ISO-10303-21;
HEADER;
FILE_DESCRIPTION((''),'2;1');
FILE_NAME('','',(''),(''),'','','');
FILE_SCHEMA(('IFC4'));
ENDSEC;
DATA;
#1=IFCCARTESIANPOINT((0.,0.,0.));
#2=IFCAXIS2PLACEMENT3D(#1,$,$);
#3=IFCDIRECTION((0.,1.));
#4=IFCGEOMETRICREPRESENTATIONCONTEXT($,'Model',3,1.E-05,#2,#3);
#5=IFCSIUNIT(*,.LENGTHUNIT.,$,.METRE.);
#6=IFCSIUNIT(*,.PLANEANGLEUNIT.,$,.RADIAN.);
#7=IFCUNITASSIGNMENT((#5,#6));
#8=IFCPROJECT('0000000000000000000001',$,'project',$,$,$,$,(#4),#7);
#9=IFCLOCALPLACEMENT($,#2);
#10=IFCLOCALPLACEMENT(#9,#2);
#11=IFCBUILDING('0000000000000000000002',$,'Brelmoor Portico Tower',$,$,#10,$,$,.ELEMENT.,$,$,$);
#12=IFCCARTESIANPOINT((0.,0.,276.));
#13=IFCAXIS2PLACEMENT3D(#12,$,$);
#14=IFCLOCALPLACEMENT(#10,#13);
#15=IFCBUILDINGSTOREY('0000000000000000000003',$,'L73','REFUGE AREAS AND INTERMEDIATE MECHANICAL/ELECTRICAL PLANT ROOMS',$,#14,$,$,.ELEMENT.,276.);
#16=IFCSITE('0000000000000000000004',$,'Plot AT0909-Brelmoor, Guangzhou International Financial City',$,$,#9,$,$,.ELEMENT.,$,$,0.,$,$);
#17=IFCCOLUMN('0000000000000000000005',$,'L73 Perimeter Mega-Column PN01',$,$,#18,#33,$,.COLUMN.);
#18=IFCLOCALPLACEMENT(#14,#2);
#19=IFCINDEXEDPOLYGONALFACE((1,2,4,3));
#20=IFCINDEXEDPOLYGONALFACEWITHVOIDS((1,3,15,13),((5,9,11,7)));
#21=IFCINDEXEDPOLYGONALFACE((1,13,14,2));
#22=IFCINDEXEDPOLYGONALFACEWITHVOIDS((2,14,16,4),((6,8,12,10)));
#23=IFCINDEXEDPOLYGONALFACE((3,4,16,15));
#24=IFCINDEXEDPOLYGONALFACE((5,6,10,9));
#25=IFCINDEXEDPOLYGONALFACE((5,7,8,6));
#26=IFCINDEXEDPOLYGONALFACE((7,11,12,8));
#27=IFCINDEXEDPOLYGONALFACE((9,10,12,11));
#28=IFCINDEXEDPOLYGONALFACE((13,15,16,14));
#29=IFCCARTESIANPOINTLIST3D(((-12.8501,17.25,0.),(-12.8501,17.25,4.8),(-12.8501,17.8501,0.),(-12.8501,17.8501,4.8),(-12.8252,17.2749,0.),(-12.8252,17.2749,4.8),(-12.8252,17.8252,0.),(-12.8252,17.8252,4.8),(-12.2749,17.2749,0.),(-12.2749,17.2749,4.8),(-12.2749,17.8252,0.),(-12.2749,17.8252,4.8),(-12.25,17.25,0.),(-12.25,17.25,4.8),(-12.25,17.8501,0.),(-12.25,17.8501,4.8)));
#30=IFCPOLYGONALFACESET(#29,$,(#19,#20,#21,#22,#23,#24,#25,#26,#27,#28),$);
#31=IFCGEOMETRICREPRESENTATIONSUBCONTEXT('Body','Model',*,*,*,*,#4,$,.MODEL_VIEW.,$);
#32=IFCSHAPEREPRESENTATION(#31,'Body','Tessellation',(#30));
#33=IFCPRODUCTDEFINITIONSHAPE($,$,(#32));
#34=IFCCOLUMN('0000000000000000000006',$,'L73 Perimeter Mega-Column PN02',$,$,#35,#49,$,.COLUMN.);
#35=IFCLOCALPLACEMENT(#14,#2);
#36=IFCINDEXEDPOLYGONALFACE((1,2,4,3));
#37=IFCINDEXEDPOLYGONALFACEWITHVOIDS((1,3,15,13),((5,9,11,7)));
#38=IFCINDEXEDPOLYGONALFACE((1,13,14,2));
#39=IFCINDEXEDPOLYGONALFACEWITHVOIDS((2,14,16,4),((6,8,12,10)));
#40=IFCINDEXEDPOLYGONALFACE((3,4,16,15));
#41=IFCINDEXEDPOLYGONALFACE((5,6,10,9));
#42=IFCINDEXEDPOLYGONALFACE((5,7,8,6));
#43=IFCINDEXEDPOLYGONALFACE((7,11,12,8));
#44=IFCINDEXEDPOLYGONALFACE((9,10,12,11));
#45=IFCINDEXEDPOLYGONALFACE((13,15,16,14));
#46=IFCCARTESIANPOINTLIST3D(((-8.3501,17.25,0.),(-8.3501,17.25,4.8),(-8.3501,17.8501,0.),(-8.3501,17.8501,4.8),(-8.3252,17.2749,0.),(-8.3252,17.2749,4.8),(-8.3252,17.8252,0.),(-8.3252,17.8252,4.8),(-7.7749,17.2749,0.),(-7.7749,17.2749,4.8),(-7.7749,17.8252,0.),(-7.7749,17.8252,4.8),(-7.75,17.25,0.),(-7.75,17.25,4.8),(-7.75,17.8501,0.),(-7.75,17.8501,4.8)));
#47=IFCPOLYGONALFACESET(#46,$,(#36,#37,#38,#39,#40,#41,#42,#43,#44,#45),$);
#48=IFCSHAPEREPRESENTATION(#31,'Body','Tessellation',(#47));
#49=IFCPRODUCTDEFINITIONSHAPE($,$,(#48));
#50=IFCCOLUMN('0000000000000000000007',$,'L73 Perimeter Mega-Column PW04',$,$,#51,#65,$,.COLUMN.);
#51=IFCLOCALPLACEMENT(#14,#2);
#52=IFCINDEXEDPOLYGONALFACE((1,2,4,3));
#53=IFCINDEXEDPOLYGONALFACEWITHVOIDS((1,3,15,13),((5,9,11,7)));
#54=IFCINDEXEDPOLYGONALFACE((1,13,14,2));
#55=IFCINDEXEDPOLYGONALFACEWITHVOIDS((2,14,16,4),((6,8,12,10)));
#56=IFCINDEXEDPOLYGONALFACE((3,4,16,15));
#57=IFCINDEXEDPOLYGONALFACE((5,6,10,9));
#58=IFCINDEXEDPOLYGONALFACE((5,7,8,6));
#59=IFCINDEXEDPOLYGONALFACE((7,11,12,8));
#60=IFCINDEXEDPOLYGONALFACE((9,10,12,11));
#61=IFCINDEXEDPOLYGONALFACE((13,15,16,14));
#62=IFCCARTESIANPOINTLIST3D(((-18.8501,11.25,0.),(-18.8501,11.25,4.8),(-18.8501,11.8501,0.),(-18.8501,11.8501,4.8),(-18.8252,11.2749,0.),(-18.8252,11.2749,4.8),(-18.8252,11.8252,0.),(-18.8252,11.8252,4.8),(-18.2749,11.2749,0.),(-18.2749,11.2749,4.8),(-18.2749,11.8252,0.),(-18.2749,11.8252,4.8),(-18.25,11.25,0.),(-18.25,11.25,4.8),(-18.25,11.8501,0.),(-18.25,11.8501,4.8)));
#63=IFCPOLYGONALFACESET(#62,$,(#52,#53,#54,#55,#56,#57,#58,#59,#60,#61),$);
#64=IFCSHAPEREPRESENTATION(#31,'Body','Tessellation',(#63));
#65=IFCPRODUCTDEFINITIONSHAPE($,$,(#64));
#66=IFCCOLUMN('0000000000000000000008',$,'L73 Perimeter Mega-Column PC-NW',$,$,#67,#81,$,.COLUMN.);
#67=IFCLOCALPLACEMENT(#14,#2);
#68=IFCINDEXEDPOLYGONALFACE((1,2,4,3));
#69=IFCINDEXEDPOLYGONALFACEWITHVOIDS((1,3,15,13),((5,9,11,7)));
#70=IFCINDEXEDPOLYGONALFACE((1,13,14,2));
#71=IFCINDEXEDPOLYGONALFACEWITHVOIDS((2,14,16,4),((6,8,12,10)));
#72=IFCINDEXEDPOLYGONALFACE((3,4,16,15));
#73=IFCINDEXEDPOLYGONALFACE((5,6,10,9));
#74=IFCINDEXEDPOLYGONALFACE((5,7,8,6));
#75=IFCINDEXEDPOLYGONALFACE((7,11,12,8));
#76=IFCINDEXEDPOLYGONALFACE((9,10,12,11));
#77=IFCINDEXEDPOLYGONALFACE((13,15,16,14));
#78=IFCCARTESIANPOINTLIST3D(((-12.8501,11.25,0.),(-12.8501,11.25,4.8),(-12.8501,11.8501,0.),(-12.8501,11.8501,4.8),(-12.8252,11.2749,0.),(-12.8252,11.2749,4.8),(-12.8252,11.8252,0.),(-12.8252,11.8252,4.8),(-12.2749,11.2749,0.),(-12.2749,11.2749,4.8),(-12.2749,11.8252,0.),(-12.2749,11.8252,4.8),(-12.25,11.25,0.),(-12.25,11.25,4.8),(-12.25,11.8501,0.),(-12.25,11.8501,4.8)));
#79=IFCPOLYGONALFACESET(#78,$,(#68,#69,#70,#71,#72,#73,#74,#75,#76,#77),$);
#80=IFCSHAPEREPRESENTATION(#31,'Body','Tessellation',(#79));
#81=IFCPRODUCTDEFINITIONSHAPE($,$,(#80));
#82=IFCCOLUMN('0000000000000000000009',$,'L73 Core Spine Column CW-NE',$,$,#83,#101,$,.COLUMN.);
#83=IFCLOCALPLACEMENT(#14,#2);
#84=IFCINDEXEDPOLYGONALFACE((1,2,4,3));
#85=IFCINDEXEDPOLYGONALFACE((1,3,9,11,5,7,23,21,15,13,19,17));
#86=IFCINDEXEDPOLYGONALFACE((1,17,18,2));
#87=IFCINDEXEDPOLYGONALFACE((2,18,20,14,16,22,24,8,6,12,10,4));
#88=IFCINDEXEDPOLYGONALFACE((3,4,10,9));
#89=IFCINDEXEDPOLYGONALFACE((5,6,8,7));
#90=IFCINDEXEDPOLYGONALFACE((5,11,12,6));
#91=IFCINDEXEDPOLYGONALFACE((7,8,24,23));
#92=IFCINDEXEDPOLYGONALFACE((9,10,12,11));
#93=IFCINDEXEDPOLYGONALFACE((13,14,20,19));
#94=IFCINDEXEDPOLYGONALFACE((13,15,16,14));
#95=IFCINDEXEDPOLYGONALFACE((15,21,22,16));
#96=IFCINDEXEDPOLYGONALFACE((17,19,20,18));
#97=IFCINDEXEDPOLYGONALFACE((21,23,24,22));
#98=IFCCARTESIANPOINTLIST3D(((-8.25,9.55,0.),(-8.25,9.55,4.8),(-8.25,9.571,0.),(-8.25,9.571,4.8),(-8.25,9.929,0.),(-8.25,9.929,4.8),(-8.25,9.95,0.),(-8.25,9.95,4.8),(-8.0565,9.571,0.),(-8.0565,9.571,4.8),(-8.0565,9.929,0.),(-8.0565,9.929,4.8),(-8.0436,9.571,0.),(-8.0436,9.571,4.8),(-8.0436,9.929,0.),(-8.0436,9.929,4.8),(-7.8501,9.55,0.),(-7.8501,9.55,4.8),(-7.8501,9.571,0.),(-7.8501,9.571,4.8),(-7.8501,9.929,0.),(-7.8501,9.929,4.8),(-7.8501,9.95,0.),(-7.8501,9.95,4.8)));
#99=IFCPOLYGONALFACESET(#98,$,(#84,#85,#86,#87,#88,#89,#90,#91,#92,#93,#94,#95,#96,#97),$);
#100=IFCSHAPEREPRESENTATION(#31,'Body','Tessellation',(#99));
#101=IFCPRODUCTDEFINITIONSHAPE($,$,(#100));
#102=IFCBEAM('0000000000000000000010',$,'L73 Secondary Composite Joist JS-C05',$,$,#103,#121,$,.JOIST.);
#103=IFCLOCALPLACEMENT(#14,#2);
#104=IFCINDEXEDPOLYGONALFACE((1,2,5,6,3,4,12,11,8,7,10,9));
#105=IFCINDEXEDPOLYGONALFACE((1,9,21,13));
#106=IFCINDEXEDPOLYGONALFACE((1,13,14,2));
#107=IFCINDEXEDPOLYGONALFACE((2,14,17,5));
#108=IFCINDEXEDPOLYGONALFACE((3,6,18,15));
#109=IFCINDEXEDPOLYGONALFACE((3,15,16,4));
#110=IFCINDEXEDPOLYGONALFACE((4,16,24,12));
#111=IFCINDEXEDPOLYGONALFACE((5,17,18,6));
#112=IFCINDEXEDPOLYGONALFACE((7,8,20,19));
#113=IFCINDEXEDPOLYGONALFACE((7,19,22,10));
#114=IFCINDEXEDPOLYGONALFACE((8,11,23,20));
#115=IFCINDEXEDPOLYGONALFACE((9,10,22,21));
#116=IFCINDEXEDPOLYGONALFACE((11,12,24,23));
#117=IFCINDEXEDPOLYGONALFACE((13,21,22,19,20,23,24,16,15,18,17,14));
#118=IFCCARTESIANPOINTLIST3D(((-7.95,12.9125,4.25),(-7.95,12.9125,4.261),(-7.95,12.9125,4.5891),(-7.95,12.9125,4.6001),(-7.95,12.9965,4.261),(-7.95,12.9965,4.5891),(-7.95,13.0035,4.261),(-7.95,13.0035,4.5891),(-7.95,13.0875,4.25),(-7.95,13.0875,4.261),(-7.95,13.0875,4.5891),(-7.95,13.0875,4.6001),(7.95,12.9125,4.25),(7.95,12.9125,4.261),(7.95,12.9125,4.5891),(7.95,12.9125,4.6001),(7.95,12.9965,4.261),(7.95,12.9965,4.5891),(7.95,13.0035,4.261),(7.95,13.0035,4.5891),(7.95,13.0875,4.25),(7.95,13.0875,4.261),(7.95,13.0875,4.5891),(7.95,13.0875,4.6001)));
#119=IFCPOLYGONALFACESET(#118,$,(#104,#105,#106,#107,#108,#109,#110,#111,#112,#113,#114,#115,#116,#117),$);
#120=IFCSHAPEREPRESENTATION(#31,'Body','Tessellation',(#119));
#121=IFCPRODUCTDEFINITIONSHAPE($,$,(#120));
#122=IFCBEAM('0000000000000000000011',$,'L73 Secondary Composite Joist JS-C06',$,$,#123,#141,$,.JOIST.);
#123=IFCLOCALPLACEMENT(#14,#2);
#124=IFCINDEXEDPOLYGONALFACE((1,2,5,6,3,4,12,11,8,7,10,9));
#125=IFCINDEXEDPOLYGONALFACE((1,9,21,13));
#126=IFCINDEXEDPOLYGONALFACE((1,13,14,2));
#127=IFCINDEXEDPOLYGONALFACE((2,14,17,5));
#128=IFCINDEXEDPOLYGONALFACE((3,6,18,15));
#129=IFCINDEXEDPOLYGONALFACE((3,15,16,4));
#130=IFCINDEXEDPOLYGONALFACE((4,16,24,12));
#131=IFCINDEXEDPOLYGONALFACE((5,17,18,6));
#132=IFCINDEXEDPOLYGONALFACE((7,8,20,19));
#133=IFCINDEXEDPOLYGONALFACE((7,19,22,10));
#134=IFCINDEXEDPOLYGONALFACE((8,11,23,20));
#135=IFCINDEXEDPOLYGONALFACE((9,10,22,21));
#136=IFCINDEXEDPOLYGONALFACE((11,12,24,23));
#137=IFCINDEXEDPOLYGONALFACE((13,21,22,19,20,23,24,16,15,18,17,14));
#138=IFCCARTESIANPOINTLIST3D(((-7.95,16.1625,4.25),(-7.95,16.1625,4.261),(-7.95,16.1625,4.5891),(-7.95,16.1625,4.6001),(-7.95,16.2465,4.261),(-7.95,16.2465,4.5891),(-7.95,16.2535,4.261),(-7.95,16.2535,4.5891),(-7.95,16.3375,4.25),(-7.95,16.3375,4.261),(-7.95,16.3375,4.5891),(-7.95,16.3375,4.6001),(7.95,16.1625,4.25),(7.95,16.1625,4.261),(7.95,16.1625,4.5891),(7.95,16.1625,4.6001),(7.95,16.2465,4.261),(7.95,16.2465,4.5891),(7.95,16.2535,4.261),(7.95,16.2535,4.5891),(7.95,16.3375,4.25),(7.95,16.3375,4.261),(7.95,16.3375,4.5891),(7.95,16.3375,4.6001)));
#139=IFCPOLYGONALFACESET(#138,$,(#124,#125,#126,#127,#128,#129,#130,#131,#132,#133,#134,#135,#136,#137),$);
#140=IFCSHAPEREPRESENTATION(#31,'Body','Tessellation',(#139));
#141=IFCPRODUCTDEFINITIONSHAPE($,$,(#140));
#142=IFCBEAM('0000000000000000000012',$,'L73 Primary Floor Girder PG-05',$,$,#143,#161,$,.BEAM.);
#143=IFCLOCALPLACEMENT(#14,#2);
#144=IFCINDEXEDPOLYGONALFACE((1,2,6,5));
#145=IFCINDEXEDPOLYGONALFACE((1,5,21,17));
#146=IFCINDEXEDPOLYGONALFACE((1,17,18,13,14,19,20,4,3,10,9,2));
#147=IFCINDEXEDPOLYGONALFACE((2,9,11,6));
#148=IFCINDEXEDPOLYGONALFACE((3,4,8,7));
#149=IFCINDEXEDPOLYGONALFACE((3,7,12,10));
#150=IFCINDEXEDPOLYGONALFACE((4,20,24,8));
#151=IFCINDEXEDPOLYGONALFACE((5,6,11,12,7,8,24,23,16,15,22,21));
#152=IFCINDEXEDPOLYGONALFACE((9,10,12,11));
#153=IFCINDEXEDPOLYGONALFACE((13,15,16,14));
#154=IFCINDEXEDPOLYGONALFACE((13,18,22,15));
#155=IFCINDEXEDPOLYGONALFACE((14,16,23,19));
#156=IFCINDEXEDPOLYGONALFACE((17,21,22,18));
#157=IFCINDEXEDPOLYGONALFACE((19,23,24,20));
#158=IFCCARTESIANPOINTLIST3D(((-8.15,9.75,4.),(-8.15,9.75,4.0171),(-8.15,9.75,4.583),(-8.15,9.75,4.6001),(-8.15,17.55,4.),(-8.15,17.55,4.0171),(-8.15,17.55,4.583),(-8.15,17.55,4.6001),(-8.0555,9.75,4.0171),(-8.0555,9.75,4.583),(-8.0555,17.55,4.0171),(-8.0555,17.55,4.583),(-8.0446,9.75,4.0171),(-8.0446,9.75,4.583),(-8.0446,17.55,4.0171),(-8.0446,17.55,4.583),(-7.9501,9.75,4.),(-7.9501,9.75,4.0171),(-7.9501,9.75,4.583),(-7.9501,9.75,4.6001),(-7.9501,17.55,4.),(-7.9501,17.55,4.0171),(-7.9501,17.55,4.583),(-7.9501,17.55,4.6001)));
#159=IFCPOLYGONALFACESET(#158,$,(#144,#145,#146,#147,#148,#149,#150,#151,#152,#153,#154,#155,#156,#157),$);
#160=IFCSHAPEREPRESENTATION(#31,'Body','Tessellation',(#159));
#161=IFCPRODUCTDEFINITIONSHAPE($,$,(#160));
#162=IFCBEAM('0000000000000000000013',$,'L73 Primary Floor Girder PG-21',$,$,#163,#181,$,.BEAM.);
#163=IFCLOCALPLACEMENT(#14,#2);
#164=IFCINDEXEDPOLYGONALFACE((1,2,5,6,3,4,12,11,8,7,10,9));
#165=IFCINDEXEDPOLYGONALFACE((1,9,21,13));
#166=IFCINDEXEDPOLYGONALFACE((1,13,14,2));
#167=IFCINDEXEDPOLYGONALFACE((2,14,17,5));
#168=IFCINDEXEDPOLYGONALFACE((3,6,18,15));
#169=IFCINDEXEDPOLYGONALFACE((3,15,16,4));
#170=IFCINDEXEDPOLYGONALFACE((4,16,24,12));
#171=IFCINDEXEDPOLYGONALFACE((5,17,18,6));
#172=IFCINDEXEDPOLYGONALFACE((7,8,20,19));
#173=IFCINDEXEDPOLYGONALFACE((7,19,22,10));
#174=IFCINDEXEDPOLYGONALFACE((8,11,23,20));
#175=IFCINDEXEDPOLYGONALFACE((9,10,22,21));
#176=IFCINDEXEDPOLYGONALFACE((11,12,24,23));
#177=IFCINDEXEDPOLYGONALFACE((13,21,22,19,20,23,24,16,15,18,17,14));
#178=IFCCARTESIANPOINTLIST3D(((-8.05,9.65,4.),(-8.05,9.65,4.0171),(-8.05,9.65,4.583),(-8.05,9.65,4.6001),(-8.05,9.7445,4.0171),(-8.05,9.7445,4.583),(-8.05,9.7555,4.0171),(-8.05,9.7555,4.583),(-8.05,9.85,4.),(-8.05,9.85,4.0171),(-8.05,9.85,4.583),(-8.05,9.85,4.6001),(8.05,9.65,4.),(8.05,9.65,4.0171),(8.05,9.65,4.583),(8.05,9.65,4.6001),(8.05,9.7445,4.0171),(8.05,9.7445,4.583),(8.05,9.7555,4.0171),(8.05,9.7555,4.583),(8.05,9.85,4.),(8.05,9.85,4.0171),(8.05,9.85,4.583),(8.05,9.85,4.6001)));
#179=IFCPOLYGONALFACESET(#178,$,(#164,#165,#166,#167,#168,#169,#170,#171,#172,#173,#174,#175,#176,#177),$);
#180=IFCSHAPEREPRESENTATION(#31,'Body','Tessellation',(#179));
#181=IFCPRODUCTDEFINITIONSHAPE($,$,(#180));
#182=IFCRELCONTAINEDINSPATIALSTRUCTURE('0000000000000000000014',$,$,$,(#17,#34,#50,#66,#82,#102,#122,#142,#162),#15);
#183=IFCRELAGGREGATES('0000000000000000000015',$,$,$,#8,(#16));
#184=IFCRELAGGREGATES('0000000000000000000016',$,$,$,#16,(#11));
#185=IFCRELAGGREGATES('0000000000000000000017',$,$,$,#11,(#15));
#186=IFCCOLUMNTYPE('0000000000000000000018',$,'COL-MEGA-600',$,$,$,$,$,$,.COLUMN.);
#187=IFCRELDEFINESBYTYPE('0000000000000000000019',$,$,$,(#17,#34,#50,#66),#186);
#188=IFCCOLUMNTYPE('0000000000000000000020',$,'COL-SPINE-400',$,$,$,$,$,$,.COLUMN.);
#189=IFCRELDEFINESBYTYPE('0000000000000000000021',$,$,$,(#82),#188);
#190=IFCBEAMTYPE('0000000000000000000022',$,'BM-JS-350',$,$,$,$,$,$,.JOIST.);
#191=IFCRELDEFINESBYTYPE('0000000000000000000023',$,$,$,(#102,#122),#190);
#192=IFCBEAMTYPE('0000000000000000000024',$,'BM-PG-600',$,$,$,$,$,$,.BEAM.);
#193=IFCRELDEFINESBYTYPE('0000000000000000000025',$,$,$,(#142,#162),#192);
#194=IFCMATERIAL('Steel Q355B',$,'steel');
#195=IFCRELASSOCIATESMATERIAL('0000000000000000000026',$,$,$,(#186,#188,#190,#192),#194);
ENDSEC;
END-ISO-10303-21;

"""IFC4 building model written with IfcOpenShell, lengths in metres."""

from ifc_helpers import new_model, si_unit, direction, frame, origin, origin_2d, place, context, subcontext, project, spatial, hollow_rectangle, i_section, extrude, material, material_profile, profile_set, type_object, element, save


model = new_model("IFC4")

# Units and contexts
model_context = context("Model", 3, precision=1e-05, world=origin(), true_north=direction((0.0, 1.0)))
body_context = subcontext(model_context, "Body", "Model", "MODEL_VIEW")
ifc_project = project(units=[si_unit("LENGTHUNIT", "METRE"), si_unit("PLANEANGLEUNIT", "RADIAN")], contexts=[model_context])

# Site, building, storey
site_placement = place(None, origin())
site = spatial("IfcSite", under=ifc_project, at=site_placement, Name="Plot AT0909-Brelmoor, Guangzhou International Financial City", CompositionType="ELEMENT", RefElevation=0.0)
building_placement = place(site_placement, origin())
building = spatial("IfcBuilding", under=site, at=building_placement, Name="Brelmoor Portico Tower", CompositionType="ELEMENT")
storey_placement = place(building_placement, frame((0.0, 0.0, 276.0)))
storey = spatial("IfcBuildingStorey", under=building, at=storey_placement, Name="L73", Description="REFUGE AREAS AND INTERMEDIATE MECHANICAL/ELECTRICAL PLANT ROOMS", CompositionType="ELEMENT", Elevation=276.0)

# Columns
ifc_material_1 = material(Name="Steel Q355B", Category="steel")
ifc_material_profile_1 = material_profile(ifc_material_1, hollow_rectangle(XDim=0.6001, YDim=0.6001, WallThickness=0.0249, at=origin_2d()), Name="BOX 600x600x25")
ifc_profile_set_1 = profile_set([ifc_material_profile_1], Name="Steel Q355B")
column_type_1 = type_object("IfcColumnType", Name="COL-MEGA-600", PredefinedType="COLUMN", material=ifc_profile_set_1)
for number, where, z_axis, x_axis, name in (
    (1, (-12.55, 17.55, 0.0), (0.0, 0.0, 1.0), (1.0, 0.0, 0.0), "L73 Perimeter Mega-Column PN01"),
    (2, (-8.05, 17.55, 0.0), (0.0, 0.0, 1.0), (1.0, 0.0, 0.0), "L73 Perimeter Mega-Column PN02"),
    (3, (-18.55, 11.55, 0.0), (0.0, 0.0, 1.0), (0.0, 1.0, 0.0), "L73 Perimeter Mega-Column PW04"),
    (4, (-12.55, 11.55, 0.0), (0.0, 0.0, 1.0), (1.0, 0.0, 0.0), "L73 Perimeter Mega-Column PC-NW"),
):
    element("IfcColumn", number, at=place(storey_placement, frame(where, z_axis=z_axis, x_axis=x_axis)), inside=storey, type_object=column_type_1, Name=name, PredefinedType="COLUMN", context=body_context, shape_type="SweptSolid", body=[
        extrude(hollow_rectangle(XDim=0.6001, YDim=0.6001, WallThickness=0.0249, at=origin_2d()), origin(), (0.0, 0.0, 1.0), 4.8),
    ])
ifc_material_profile_2 = material_profile(ifc_material_1, i_section(OverallWidth=0.3999, OverallDepth=0.3999, WebThickness=0.0129, FlangeThickness=0.021, at=origin_2d()), Name="HW 400x400x13x21")
ifc_profile_set_2 = profile_set([ifc_material_profile_2], Name="Steel Q355B")
column_type_2 = type_object("IfcColumnType", Name="COL-SPINE-400", PredefinedType="COLUMN", material=ifc_profile_set_2)
column_placement = place(storey_placement, frame((-8.05, 9.75, 0.0), z_axis=(0.0, 0.0, 1.0), x_axis=(1.0, 0.0, 0.0)))
element("IfcColumn", 5, at=column_placement, inside=storey, type_object=column_type_2, Name="L73 Core Spine Column CW-NE", PredefinedType="COLUMN", context=body_context, shape_type="SweptSolid", body=[
    extrude(i_section(OverallWidth=0.3999, OverallDepth=0.3999, WebThickness=0.0129, FlangeThickness=0.021, at=origin_2d()), origin(), (0.0, 0.0, 1.0), 4.8),
])

# Beams
ifc_material_profile_3 = material_profile(ifc_material_1, i_section(OverallWidth=0.175, OverallDepth=0.3501, WebThickness=0.0071, FlangeThickness=0.011, at=origin_2d()), Name="HN 350x175x7x11")
ifc_profile_set_3 = profile_set([ifc_material_profile_3], Name="Steel Q355B")
beam_type_1 = type_object("IfcBeamType", Name="BM-JS-350", PredefinedType="JOIST", material=ifc_profile_set_3)
for number, where, z_axis, x_axis, name in (
    (6, (-7.95, 13.0, 4.425), (1.0, 0.0, 0.0), (0.0, 1.0, 0.0), "L73 Secondary Composite Joist JS-C05"),
    (7, (-7.95, 16.25, 4.425), (1.0, 0.0, 0.0), (0.0, 1.0, 0.0), "L73 Secondary Composite Joist JS-C06"),
):
    element("IfcBeam", number, at=place(storey_placement, frame(where, z_axis=z_axis, x_axis=x_axis)), inside=storey, type_object=beam_type_1, Name=name, PredefinedType="JOIST", context=body_context, shape_type="SweptSolid", body=[
        extrude(i_section(OverallWidth=0.175, OverallDepth=0.3501, WebThickness=0.0071, FlangeThickness=0.011, at=origin_2d()), origin(), (0.0, 0.0, 1.0), 15.8999),
    ])
ifc_material_profile_4 = material_profile(ifc_material_1, i_section(OverallWidth=0.2, OverallDepth=0.6001, WebThickness=0.011, FlangeThickness=0.0171, at=origin_2d()), Name="HN 600x200x11x17")
ifc_profile_set_4 = profile_set([ifc_material_profile_4], Name="Steel Q355B")
beam_type_2 = type_object("IfcBeamType", Name="BM-PG-600", PredefinedType="BEAM", material=ifc_profile_set_4)
beam_1_placement = place(storey_placement, frame((-8.05, 9.75, 4.3), z_axis=(0.0, 1.0, 0.0), x_axis=(-1.0, 0.0, 0.0)))
element("IfcBeam", 8, at=beam_1_placement, inside=storey, type_object=beam_type_2, Name="L73 Primary Floor Girder PG-05", PredefinedType="BEAM", context=body_context, shape_type="SweptSolid", body=[
    extrude(i_section(OverallWidth=0.2, OverallDepth=0.6001, WebThickness=0.011, FlangeThickness=0.0171, at=origin_2d()), origin(), (0.0, 0.0, 1.0), 7.8),
])
beam_2_placement = place(storey_placement, frame((-8.05, 9.75, 4.3), z_axis=(1.0, 0.0, 0.0), x_axis=(0.0, 1.0, 0.0)))
element("IfcBeam", 9, at=beam_2_placement, inside=storey, type_object=beam_type_2, Name="L73 Primary Floor Girder PG-21", PredefinedType="BEAM", context=body_context, shape_type="SweptSolid", body=[
    extrude(i_section(OverallWidth=0.2, OverallDepth=0.6001, WebThickness=0.011, FlangeThickness=0.0171, at=origin_2d()), origin(), (0.0, 0.0, 1.0), 16.1001),
])

save(model, "model.ifc")
